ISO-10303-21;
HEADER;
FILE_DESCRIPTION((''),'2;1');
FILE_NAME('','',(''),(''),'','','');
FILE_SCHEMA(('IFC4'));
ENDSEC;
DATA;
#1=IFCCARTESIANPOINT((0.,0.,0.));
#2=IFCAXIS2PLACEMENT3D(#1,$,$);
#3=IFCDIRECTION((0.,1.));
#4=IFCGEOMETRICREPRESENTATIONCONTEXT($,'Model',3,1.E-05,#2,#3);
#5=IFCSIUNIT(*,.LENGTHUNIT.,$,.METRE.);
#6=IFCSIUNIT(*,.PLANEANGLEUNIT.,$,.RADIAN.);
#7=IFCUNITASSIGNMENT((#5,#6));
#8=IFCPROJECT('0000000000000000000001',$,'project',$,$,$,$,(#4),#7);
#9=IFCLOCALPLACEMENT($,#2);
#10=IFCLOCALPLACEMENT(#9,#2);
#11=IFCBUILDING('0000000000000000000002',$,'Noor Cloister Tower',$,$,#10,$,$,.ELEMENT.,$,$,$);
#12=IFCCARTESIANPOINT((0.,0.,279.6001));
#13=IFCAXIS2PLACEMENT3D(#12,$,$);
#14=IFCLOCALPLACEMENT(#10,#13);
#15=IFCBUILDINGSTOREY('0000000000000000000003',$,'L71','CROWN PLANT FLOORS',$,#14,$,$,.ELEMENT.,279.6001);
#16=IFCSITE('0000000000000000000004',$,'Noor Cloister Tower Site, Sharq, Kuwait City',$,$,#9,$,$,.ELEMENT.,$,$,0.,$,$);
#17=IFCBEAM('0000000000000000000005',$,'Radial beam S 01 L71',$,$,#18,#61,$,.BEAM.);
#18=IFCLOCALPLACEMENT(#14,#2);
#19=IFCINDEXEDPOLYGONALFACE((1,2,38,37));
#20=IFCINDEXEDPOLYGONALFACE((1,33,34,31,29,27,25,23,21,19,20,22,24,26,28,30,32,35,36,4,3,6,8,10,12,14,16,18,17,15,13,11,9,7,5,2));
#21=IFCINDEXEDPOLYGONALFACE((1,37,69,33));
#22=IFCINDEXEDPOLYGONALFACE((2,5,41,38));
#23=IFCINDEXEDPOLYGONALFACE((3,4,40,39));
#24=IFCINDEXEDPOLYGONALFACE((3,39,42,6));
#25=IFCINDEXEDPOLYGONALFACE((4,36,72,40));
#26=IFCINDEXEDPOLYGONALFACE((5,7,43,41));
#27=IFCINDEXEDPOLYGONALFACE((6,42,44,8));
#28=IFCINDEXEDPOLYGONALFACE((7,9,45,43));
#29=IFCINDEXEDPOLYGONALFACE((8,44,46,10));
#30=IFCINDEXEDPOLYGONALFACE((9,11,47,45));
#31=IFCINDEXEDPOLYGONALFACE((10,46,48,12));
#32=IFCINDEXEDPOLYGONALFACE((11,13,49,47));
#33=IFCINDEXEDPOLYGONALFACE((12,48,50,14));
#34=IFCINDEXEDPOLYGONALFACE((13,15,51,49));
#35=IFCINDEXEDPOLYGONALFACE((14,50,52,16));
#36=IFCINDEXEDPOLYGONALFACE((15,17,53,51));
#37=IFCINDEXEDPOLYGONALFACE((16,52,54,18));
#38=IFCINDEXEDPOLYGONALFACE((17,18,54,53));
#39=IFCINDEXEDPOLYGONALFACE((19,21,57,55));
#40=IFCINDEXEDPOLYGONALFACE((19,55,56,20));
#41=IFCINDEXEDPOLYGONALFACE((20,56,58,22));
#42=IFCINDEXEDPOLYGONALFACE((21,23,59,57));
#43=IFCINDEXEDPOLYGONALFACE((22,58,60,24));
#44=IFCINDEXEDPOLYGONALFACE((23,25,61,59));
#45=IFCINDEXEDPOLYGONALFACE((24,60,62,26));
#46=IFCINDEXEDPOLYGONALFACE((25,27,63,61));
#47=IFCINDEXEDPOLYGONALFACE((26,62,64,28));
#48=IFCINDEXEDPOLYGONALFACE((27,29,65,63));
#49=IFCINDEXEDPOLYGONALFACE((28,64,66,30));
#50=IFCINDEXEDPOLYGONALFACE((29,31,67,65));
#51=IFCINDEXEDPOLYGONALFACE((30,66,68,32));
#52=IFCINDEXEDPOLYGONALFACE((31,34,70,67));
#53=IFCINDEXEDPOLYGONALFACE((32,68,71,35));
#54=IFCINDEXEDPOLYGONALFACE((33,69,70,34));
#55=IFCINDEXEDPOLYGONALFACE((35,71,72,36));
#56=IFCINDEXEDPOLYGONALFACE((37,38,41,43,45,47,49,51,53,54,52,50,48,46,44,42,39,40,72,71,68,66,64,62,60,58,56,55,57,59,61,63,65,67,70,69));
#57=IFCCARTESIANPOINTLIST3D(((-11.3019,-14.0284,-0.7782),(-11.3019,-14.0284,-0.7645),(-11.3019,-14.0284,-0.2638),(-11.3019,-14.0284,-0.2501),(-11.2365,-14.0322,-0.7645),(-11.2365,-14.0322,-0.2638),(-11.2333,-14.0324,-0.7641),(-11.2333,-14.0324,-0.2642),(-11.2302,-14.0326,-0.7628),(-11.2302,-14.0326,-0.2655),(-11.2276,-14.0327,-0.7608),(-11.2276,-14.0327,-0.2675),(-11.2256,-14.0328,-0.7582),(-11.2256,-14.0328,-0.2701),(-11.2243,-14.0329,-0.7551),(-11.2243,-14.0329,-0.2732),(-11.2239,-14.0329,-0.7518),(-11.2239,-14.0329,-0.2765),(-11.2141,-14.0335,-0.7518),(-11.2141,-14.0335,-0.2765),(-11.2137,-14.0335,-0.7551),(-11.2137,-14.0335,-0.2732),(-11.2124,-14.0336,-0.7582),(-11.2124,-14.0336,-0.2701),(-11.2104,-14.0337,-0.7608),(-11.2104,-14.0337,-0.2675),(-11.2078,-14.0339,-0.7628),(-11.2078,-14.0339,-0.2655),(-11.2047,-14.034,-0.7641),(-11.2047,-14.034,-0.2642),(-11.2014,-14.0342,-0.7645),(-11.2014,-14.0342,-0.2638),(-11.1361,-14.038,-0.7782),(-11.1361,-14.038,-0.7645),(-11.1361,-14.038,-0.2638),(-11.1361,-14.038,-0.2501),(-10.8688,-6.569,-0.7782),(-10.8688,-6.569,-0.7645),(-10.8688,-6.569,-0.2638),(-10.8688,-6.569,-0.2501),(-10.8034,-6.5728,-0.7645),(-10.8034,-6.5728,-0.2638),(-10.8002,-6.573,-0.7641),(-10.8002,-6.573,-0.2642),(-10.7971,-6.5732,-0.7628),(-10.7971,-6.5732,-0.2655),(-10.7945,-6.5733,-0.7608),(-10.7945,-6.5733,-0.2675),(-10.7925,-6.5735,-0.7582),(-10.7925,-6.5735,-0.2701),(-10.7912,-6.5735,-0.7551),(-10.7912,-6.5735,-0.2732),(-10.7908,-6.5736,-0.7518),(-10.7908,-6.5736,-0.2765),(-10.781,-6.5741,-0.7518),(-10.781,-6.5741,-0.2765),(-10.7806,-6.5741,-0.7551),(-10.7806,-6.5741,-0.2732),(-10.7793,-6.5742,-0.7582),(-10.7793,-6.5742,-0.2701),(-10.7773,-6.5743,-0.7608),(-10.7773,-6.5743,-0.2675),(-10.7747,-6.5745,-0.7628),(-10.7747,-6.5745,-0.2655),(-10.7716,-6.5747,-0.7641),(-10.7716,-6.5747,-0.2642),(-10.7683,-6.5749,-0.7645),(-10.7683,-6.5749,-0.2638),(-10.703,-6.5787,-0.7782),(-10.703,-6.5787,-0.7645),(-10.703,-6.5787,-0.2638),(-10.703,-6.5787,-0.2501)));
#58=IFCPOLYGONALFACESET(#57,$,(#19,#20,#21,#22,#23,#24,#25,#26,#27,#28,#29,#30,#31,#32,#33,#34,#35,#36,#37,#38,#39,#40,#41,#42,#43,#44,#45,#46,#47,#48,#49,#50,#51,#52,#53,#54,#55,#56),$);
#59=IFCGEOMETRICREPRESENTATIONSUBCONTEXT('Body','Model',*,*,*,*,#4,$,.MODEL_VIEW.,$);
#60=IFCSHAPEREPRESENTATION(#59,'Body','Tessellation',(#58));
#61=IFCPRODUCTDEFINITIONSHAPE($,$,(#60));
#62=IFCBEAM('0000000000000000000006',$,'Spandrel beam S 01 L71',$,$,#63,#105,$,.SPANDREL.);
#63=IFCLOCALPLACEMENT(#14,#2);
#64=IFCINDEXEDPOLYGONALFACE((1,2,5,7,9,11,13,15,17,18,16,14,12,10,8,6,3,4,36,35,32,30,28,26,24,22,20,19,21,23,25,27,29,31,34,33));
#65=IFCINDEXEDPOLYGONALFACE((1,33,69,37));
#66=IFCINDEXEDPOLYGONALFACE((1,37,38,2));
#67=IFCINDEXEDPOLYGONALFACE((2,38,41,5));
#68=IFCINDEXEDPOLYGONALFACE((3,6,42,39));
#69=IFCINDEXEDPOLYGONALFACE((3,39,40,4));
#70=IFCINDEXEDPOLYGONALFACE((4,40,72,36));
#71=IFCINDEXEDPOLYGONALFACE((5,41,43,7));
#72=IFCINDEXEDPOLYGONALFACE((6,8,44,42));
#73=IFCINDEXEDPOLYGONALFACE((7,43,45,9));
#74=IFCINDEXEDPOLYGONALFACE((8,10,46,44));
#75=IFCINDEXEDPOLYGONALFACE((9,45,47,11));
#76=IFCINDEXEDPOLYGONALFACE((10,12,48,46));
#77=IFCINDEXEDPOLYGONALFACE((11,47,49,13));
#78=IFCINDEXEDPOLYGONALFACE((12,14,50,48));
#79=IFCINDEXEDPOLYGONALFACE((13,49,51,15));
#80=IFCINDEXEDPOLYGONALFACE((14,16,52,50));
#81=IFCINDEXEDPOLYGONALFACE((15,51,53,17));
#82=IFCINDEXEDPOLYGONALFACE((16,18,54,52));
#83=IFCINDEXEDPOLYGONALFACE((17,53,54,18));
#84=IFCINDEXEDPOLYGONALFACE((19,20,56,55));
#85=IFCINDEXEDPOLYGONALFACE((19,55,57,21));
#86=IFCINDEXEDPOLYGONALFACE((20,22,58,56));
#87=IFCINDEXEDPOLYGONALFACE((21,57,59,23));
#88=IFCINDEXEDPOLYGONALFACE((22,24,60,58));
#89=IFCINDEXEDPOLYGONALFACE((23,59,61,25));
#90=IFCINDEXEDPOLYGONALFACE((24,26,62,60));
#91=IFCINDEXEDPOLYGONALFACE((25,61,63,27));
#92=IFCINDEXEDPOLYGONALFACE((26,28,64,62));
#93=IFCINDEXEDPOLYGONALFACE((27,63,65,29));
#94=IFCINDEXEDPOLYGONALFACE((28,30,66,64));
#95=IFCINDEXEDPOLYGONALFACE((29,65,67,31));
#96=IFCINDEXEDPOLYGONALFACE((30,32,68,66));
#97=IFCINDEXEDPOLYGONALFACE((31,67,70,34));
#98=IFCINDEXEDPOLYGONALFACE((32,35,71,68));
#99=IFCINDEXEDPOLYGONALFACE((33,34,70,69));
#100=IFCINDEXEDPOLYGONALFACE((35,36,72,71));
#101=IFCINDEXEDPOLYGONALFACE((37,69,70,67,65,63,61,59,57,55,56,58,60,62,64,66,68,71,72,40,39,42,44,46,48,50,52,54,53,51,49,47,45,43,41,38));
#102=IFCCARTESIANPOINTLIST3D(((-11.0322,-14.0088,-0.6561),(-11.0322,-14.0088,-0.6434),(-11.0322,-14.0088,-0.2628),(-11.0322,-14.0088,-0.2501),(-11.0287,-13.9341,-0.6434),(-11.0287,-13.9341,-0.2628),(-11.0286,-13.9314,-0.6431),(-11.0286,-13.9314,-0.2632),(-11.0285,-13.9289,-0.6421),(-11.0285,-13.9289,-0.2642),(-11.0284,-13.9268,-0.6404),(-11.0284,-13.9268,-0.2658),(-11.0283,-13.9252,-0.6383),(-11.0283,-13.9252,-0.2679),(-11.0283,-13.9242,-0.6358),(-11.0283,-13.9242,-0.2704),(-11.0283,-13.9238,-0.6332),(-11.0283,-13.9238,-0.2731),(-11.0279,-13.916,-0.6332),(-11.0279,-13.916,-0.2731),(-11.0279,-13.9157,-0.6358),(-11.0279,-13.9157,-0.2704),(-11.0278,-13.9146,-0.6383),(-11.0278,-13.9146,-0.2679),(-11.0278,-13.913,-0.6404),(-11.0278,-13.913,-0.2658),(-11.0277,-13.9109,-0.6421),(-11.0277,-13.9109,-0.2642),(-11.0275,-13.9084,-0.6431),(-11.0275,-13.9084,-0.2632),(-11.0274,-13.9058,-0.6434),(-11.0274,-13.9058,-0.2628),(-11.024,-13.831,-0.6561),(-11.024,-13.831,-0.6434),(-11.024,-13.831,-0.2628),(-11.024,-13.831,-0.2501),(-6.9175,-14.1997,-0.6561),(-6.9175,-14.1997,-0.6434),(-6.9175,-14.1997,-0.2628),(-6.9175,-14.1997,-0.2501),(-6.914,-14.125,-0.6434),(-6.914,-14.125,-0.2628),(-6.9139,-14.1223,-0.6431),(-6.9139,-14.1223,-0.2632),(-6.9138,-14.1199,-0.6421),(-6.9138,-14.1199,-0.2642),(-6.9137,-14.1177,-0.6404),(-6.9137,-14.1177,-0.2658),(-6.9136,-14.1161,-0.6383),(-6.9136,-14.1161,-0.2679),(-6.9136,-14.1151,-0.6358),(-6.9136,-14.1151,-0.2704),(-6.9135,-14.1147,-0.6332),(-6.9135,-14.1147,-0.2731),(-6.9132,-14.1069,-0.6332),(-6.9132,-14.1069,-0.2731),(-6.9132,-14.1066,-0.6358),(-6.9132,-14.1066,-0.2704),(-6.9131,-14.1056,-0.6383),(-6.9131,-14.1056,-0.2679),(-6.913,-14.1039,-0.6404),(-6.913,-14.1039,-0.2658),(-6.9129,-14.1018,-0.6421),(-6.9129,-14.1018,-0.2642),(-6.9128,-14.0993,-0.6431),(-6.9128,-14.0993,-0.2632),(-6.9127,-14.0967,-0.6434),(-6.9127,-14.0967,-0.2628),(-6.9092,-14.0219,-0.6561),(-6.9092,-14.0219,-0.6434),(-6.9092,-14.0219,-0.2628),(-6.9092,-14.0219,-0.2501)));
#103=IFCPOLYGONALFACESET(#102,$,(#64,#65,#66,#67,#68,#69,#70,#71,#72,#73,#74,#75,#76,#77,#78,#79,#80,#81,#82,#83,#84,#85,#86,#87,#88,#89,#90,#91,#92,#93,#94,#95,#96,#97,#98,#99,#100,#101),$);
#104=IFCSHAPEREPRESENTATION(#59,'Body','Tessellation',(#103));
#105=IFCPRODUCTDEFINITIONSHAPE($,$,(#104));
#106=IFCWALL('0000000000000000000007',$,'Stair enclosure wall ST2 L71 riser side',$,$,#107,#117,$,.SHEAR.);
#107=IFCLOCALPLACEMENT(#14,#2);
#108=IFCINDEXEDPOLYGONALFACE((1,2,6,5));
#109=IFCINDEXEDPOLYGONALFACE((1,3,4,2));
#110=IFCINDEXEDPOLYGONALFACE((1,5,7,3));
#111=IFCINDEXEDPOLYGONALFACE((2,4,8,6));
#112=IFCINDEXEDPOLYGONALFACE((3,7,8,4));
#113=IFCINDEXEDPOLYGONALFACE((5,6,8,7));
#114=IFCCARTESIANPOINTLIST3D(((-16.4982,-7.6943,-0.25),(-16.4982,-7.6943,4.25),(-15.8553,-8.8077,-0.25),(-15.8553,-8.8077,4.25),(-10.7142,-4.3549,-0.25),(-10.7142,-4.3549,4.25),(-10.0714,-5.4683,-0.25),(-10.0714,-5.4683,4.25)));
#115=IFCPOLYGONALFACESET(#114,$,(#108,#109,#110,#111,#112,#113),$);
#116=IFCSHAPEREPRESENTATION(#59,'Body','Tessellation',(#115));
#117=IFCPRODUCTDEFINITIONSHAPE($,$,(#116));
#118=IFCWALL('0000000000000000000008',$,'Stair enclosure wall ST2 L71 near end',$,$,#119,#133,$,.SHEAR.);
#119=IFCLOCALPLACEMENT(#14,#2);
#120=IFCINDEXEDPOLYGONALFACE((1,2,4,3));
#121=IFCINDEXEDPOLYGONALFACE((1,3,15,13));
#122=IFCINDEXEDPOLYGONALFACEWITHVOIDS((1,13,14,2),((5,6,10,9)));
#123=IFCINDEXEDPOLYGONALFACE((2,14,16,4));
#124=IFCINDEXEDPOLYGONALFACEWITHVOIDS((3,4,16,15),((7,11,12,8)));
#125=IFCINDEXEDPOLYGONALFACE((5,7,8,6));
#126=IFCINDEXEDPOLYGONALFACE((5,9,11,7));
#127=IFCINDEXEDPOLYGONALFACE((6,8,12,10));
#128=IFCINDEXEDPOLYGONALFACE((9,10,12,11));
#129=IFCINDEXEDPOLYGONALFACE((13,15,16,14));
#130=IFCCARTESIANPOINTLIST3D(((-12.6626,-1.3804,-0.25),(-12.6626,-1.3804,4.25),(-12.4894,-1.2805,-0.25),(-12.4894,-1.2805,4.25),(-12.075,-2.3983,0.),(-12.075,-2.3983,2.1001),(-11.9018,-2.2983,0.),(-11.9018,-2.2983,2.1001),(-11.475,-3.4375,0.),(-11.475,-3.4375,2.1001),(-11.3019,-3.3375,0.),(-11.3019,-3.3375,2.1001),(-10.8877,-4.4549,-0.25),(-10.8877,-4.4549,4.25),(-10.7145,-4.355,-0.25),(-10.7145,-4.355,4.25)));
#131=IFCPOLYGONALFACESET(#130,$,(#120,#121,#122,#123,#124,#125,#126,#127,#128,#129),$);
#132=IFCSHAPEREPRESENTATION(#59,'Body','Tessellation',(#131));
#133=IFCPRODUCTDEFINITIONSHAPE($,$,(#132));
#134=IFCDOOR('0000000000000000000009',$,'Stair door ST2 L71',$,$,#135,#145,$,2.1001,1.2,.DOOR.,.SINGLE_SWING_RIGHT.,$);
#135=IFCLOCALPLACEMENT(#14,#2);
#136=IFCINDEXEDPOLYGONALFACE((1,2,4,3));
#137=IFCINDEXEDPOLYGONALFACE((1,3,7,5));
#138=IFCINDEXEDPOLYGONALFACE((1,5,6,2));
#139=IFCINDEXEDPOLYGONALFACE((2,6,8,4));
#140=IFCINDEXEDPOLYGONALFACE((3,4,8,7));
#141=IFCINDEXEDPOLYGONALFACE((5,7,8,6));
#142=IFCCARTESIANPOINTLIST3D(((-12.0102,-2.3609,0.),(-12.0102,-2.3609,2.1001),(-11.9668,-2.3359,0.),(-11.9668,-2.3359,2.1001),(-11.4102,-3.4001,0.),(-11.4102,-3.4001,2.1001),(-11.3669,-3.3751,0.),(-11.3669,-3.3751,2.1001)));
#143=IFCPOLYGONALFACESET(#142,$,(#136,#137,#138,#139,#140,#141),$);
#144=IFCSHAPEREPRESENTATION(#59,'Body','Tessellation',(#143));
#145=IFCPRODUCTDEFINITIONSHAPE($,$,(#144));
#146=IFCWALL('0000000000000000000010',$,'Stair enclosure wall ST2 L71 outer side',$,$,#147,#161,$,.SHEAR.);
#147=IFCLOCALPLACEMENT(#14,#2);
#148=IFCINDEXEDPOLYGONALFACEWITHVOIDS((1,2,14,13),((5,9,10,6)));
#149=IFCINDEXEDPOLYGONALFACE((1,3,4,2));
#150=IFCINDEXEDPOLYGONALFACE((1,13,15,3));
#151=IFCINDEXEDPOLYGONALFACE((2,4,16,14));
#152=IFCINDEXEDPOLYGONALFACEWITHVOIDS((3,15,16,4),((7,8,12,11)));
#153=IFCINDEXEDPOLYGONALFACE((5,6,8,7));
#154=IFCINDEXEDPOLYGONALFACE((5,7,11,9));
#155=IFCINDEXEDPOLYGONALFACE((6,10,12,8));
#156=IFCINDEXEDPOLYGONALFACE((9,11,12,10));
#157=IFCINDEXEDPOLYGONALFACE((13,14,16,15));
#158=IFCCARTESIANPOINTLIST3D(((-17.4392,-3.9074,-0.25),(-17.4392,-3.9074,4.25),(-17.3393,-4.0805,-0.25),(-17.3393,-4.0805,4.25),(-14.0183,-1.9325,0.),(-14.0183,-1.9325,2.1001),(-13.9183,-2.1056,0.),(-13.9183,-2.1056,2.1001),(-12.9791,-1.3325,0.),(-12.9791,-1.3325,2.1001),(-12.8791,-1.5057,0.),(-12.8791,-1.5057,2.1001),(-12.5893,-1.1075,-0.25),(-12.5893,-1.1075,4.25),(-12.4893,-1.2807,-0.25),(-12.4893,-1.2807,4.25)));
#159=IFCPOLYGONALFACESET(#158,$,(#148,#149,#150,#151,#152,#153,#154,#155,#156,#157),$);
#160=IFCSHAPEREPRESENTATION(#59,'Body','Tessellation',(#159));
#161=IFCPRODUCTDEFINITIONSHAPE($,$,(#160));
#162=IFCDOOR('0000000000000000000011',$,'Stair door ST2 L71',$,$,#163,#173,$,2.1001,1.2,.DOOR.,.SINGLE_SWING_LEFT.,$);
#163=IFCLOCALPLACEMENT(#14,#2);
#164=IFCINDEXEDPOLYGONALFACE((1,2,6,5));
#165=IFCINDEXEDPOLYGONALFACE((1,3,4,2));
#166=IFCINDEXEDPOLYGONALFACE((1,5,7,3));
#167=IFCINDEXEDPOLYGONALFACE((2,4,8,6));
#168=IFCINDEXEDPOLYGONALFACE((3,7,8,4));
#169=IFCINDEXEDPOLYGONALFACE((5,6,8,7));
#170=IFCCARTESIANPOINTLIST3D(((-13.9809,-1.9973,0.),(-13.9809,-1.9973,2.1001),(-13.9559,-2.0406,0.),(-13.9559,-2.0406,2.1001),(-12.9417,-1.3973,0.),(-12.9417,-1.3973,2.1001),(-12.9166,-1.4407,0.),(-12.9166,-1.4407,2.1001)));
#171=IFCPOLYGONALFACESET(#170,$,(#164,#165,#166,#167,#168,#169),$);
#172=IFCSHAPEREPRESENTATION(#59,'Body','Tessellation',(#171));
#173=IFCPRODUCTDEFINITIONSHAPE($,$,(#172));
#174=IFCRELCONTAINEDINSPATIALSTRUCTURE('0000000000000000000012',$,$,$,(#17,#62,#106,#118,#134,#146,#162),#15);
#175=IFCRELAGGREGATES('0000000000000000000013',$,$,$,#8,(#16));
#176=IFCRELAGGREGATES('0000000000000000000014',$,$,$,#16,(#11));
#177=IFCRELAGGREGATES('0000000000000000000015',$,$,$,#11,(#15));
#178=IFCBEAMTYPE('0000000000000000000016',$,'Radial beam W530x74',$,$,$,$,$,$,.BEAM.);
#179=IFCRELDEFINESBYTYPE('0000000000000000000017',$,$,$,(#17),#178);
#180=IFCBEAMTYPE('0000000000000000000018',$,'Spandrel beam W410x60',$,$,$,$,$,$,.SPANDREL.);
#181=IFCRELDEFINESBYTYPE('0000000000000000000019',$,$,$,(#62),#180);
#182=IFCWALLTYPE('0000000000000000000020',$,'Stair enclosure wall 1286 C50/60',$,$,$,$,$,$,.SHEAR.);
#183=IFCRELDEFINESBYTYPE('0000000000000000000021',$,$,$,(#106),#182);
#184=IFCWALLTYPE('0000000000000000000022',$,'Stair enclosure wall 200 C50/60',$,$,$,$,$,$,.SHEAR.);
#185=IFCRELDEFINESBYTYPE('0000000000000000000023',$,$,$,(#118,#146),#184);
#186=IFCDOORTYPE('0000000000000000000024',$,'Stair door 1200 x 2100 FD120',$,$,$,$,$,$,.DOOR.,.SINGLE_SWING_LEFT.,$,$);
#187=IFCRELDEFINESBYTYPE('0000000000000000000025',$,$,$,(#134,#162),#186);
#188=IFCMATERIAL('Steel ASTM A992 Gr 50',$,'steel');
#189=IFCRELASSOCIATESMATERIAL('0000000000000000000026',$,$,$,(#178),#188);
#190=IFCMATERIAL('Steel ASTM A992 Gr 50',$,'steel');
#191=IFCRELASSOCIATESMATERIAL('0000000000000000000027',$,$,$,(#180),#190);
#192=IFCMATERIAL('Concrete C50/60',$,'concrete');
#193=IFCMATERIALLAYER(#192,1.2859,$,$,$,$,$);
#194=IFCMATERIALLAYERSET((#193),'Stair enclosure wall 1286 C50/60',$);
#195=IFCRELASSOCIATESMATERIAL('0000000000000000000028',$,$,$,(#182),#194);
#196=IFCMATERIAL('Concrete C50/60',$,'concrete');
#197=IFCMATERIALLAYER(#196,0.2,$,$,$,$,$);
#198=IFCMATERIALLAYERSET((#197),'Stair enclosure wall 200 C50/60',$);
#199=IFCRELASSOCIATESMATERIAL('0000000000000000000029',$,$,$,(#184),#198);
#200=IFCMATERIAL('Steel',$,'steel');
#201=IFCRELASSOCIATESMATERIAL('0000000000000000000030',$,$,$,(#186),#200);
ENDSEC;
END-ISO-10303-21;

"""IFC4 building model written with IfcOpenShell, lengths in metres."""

from ifc_helpers import new_model, si_unit, direction, frame, frame_2d, origin, origin_2d, place, context, subcontext, project, spatial, rectangle, i_section, extrude, material, layer, layer_set, material_profile, profile_set, type_object, element, fill, save


model = new_model("IFC4")

# Units and contexts
model_context = context("Model", 3, precision=1e-05, world=origin(), true_north=direction((0.0, 1.0)))
body_context = subcontext(model_context, "Body", "Model", "MODEL_VIEW")
ifc_project = project(units=[si_unit("LENGTHUNIT", "METRE"), si_unit("PLANEANGLEUNIT", "RADIAN")], contexts=[model_context])

# Site, building, storey
site_placement = place(None, origin())
site = spatial("IfcSite", under=ifc_project, at=site_placement, Name="Noor Cloister Tower Site, Sharq, Kuwait City", CompositionType="ELEMENT", RefElevation=0.0)
building_placement = place(site_placement, origin())
building = spatial("IfcBuilding", under=site, at=building_placement, Name="Noor Cloister Tower", CompositionType="ELEMENT")
storey_placement = place(building_placement, frame((0.0, 0.0, 279.6001)))
storey = spatial("IfcBuildingStorey", under=building, at=storey_placement, Name="L71", Description="CROWN PLANT FLOORS", CompositionType="ELEMENT", Elevation=279.6001)

# Beams
ifc_material_1 = material(Name="Steel ASTM A992 Gr 50", Category="steel")
ifc_material_profile_1 = material_profile(ifc_material_1, i_section(OverallWidth=0.166, OverallDepth=0.5281, WebThickness=0.0098, FlangeThickness=0.0137, FilletRadius=0.0127, at=origin_2d()), Name="W530x74")
ifc_profile_set_1 = profile_set([ifc_material_profile_1], Name="Steel ASTM A992 Gr 50")
beam_type_1 = type_object("IfcBeamType", Name="Radial beam W530x74", PredefinedType="BEAM", material=ifc_profile_set_1)
beam_1_placement = place(storey_placement, frame((-11.219, -14.0332, -0.5142), z_axis=(0.057964, 0.998319, 0.0), x_axis=(-0.998319, 0.057964, 0.0)))
element("IfcBeam", 1, at=beam_1_placement, inside=storey, type_object=beam_type_1, Name="Radial beam S 01 L71", PredefinedType="BEAM", context=body_context, shape_type="SweptSolid", body=[
    extrude(i_section(OverallWidth=0.166, OverallDepth=0.5281, WebThickness=0.0098, FlangeThickness=0.0137, FilletRadius=0.0127, at=origin_2d()), origin(), (0.0, 0.0, 1.0), 7.4719),
])
ifc_material_2 = material(Name="Steel ASTM A992 Gr 50", Category="steel")
ifc_material_profile_2 = material_profile(ifc_material_2, i_section(OverallWidth=0.178, OverallDepth=0.406, WebThickness=0.0078, FlangeThickness=0.0127, FilletRadius=0.0103, at=origin_2d()), Name="W410x60")
ifc_profile_set_2 = profile_set([ifc_material_profile_2], Name="Steel ASTM A992 Gr 50")
beam_type_2 = type_object("IfcBeamType", Name="Spandrel beam W410x60", PredefinedType="SPANDREL", material=ifc_profile_set_2)
beam_2_placement = place(storey_placement, frame((-11.0281, -13.9199, -0.4531), z_axis=(0.998925, -0.046349, 0.0), x_axis=(0.046349, 0.998925, 0.0)))
element("IfcBeam", 2, at=beam_2_placement, inside=storey, type_object=beam_type_2, Name="Spandrel beam S 01 L71", PredefinedType="SPANDREL", context=body_context, shape_type="SweptSolid", body=[
    extrude(i_section(OverallWidth=0.178, OverallDepth=0.406, WebThickness=0.0078, FlangeThickness=0.0127, FilletRadius=0.0103, at=origin_2d()), origin(), (0.0, 0.0, 1.0), 4.1191),
])

# Wall
ifc_material_3 = material(Name="Concrete C50/60", Category="concrete")
ifc_layer_1 = layer(ifc_material_3, 1.2859)
ifc_layer_set_1 = layer_set([ifc_layer_1], Name="Stair enclosure wall 1286 C50/60")
wall_type_1 = type_object("IfcWallType", Name="Stair enclosure wall 1286 C50/60", PredefinedType="SHEAR", material=ifc_layer_set_1)
wall_1_placement = place(storey_placement, frame((-10.3928, -4.9116, -0.25), z_axis=(0.0, 0.0, 1.0), x_axis=(-0.866025, -0.5, 0.0)))
element("IfcWall", 3, at=wall_1_placement, inside=storey, type_object=wall_type_1, Name="Stair enclosure wall ST2 L71 riser side", PredefinedType="SHEAR", context=body_context, shape_type="SweptSolid", body=[
    extrude(rectangle(XDim=6.6787, YDim=1.2856, at=frame_2d((3.3394, 0.0))), origin(), (0.0, 0.0, 1.0), 4.5),
])

# Walls, openings, doors
ifc_material_4 = material(Name="Concrete C50/60", Category="concrete")
ifc_layer_2 = layer(ifc_material_4, 0.2)
ifc_layer_set_2 = layer_set([ifc_layer_2], Name="Stair enclosure wall 200 C50/60")
wall_type_2 = type_object("IfcWallType", Name="Stair enclosure wall 200 C50/60", PredefinedType="SHEAR", material=ifc_layer_set_2)
wall_2_placement = place(storey_placement, frame((-12.5759, -1.3306, -0.25), z_axis=(0.0, 0.0, 1.0), x_axis=(0.49997, -0.866042, 0.0)))
wall_2 = element("IfcWall", 4, at=wall_2_placement, inside=storey, type_object=wall_type_2, Name="Stair enclosure wall ST2 L71 near end", PredefinedType="SHEAR", context=body_context, shape_type="SweptSolid", body=[
    extrude(rectangle(XDim=3.55, YDim=0.2, at=frame_2d((1.7749, 0.0))), origin(), (0.0, 0.0, 1.0), 4.5),
])
opening_1_placement = place(wall_2_placement, frame((1.175, 0.0, 0.25)))
opening_1 = element("IfcOpeningElement", 5, at=opening_1_placement, cuts=wall_2, PredefinedType="OPENING", context=body_context, shape_type="SweptSolid", body=[
    extrude(rectangle(XDim=1.2, YDim=2.1001, at=frame_2d((0.6001, 1.05))), frame((0.0, 0.1099, 0.0), z_axis=(0.0, -1.0, 0.0), x_axis=(1.0, 0.0, 0.0)), (0.0, 0.0, 1.0), 0.22),
])
ifc_material_5 = material(Name="Steel", Category="steel")
door_type_1 = type_object("IfcDoorType", Name="Stair door 1200 x 2100 FD120", OperationType="SINGLE_SWING_LEFT", PredefinedType="DOOR", material=ifc_material_5)
door_1_placement = place(opening_1_placement, origin())
door_1 = element("IfcDoor", 6, at=door_1_placement, inside=storey, type_object=door_type_1, Name="Stair door ST2 L71", OperationType="SINGLE_SWING_RIGHT", OverallHeight=2.1001, OverallWidth=1.2, PredefinedType="DOOR", context=body_context, shape_type="SweptSolid", body=[
    extrude(rectangle(XDim=1.2, YDim=2.1001, at=frame_2d((0.6001, 1.05))), frame((0.0, 0.0249, 0.0), z_axis=(0.0, -1.0, 0.0), x_axis=(1.0, 0.0, 0.0)), (0.0, 0.0, 1.0), 0.05),
])
fill(opening_1, door_1)
wall_3_placement = place(storey_placement, frame((-12.5393, -1.1941, -0.25), z_axis=(0.0, 0.0, 1.0), x_axis=(-0.866045, -0.499965, 0.0)))
wall_3 = element("IfcWall", 7, at=wall_3_placement, inside=storey, type_object=wall_type_2, Name="Stair enclosure wall ST2 L71 outer side", PredefinedType="SHEAR", context=body_context, shape_type="SweptSolid", body=[
    extrude(rectangle(XDim=5.6001, YDim=0.2, at=frame_2d((2.8, 0.0))), origin(), (0.0, 0.0, 1.0), 4.5),
])
opening_2_placement = place(wall_3_placement, frame((0.45, 0.0, 0.25)))
opening_2 = element("IfcOpeningElement", 8, at=opening_2_placement, cuts=wall_3, PredefinedType="OPENING", context=body_context, shape_type="SweptSolid", body=[
    extrude(rectangle(XDim=1.2, YDim=2.1001, at=frame_2d((0.6001, 1.05))), frame((0.0, 0.1099, 0.0), z_axis=(0.0, -1.0, 0.0), x_axis=(1.0, 0.0, 0.0)), (0.0, 0.0, 1.0), 0.22),
])
door_2_placement = place(opening_2_placement, origin())
door_2 = element("IfcDoor", 9, at=door_2_placement, inside=storey, type_object=door_type_1, Name="Stair door ST2 L71", OperationType="SINGLE_SWING_LEFT", OverallHeight=2.1001, OverallWidth=1.2, PredefinedType="DOOR", context=body_context, shape_type="SweptSolid", body=[
    extrude(rectangle(XDim=1.2, YDim=2.1001, at=frame_2d((0.6001, 1.05))), frame((0.0, 0.0249, 0.0), z_axis=(0.0, -1.0, 0.0), x_axis=(1.0, 0.0, 0.0)), (0.0, 0.0, 1.0), 0.05),
])
fill(opening_2, door_2)

save(model, "model.ifc")
